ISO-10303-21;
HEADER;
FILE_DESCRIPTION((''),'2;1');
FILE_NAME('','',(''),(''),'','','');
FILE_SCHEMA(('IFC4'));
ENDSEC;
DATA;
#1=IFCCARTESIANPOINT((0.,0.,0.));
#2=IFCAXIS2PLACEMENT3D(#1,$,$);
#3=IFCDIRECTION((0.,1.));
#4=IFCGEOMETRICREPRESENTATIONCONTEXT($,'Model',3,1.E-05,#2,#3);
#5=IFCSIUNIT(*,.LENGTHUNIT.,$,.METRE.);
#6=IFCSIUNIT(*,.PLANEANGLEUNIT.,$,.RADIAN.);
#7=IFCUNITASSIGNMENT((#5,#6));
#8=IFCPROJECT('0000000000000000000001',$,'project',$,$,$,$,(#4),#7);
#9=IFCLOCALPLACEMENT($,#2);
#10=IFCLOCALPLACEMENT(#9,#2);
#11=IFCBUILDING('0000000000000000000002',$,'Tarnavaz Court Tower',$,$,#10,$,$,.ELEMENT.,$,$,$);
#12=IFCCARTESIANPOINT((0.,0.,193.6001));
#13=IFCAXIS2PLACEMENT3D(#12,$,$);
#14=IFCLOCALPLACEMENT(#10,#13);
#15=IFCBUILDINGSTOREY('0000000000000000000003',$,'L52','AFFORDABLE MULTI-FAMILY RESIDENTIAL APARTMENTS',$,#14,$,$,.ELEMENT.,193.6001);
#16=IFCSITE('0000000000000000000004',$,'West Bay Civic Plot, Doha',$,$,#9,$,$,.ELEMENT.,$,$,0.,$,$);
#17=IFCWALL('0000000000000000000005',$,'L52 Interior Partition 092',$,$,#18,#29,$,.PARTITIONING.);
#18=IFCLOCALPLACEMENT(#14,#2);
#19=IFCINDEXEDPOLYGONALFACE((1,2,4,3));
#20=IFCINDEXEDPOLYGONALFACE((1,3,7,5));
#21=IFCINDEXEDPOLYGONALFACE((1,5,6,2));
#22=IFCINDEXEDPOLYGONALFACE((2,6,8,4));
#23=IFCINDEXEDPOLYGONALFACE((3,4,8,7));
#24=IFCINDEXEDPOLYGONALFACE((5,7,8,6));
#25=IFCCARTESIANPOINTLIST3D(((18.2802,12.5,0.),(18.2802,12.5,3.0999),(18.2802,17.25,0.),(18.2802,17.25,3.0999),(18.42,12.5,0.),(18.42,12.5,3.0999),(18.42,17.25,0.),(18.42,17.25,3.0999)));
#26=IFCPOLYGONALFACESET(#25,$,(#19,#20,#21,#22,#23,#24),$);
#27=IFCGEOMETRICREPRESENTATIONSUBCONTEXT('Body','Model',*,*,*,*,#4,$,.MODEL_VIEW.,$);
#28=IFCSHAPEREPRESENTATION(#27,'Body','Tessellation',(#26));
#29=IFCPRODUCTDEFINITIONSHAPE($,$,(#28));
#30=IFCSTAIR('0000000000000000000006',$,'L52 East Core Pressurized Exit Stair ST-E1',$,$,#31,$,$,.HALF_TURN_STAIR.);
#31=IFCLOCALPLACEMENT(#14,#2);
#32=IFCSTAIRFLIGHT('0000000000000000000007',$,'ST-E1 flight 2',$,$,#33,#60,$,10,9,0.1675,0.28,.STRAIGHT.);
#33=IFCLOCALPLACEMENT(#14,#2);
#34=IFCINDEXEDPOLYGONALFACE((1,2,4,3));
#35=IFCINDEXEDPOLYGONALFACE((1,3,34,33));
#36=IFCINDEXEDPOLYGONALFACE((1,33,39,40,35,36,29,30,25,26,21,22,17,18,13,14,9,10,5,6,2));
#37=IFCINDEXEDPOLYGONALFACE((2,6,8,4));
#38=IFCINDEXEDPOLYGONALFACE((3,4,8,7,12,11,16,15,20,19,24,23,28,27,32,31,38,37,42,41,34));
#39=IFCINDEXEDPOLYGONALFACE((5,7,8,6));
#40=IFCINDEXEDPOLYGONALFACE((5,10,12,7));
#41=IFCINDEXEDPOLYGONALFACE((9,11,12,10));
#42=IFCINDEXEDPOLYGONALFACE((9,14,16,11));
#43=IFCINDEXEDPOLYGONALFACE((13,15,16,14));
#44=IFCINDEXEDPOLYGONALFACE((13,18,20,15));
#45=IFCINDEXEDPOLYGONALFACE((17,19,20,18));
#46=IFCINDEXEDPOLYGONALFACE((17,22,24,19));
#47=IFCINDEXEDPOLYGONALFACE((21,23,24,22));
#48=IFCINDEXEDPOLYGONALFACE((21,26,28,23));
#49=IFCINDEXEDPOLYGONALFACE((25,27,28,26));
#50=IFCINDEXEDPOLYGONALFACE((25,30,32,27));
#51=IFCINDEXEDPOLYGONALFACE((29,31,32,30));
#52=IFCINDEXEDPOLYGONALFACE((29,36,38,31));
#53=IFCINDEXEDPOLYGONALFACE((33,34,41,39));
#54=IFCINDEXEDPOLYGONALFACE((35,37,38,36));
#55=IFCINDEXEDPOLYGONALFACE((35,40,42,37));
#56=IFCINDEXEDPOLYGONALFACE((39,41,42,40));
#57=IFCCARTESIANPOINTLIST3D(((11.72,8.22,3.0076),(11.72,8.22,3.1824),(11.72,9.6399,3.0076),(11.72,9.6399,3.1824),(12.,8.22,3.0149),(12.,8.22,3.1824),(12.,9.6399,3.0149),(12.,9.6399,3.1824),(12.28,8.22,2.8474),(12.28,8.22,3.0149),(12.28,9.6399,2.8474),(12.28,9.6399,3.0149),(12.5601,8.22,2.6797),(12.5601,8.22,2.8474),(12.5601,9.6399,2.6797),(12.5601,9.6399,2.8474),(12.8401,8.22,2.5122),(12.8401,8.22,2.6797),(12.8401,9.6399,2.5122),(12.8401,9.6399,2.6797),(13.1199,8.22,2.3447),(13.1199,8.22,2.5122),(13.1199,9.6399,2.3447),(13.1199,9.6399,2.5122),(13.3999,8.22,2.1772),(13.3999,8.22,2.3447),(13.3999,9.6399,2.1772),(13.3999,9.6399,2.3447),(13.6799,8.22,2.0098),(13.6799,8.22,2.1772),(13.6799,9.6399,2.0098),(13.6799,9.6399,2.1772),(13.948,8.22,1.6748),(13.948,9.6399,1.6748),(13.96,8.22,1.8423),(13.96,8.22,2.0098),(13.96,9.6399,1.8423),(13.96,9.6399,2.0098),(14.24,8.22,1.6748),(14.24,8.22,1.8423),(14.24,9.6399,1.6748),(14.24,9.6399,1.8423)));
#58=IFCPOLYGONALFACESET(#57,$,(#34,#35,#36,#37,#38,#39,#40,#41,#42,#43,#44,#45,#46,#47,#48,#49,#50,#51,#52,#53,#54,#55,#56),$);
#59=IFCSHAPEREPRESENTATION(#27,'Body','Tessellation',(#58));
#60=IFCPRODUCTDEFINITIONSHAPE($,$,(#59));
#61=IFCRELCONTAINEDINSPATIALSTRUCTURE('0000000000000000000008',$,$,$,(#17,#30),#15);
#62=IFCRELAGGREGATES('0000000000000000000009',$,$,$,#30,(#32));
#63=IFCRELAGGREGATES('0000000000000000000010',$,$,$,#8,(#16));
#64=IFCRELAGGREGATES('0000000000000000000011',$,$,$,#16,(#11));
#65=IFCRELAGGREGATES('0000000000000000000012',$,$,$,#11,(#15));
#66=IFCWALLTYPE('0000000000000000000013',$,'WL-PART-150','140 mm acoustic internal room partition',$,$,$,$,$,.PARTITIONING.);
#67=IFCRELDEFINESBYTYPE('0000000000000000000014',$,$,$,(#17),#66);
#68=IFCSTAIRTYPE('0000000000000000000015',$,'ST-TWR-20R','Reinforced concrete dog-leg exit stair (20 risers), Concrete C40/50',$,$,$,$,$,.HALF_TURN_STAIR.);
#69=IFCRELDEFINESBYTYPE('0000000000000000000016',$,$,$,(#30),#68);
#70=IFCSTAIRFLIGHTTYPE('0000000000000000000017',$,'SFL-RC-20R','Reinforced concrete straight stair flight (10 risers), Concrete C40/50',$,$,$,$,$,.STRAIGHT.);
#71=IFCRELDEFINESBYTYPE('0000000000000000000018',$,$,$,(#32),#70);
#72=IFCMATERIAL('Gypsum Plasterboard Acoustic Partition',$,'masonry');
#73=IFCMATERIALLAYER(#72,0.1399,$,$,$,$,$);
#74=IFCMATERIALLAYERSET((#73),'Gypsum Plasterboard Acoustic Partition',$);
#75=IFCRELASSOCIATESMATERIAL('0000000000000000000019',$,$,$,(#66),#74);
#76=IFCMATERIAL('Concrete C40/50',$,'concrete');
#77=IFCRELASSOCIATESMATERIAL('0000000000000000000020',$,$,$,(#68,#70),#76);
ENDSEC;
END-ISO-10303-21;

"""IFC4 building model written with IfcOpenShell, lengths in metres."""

from ifc_helpers import new_model, si_unit, direction, frame, frame_2d, origin, place, context, subcontext, project, spatial, polyline, rectangle, outline, extrude, material, layer, layer_set, type_object, element, aggregate, save


model = new_model("IFC4")

# Units and contexts
model_context = context("Model", 3, precision=1e-05, world=origin(), true_north=direction((0.0, 1.0)))
body_context = subcontext(model_context, "Body", "Model", "MODEL_VIEW")
ifc_project = project(units=[si_unit("LENGTHUNIT", "METRE"), si_unit("PLANEANGLEUNIT", "RADIAN")], contexts=[model_context])

# Site, building, storey
site_placement = place(None, origin())
site = spatial("IfcSite", under=ifc_project, at=site_placement, Name="West Bay Civic Plot, Doha", CompositionType="ELEMENT", RefElevation=0.0)
building_placement = place(site_placement, origin())
building = spatial("IfcBuilding", under=site, at=building_placement, Name="Tarnavaz Court Tower", CompositionType="ELEMENT")
storey_placement = place(building_placement, frame((0.0, 0.0, 193.6001)))
storey = spatial("IfcBuildingStorey", under=building, at=storey_placement, Name="L52", Description="AFFORDABLE MULTI-FAMILY RESIDENTIAL APARTMENTS", CompositionType="ELEMENT", Elevation=193.6001)

# Wall
ifc_material_1 = material(Name="Gypsum Plasterboard Acoustic Partition", Category="masonry")
ifc_layer_1 = layer(ifc_material_1, 0.1399)
ifc_layer_set_1 = layer_set([ifc_layer_1], Name="Gypsum Plasterboard Acoustic Partition")
wall_type_1 = type_object("IfcWallType", Name="WL-PART-150", Description="140 mm acoustic internal room partition", PredefinedType="PARTITIONING", material=ifc_layer_set_1)
wall_1_placement = place(storey_placement, frame((18.3501, 12.5, 0.0), z_axis=(0.0, 0.0, 1.0), x_axis=(0.0, 1.0, 0.0)))
element("IfcWall", 1, at=wall_1_placement, inside=storey, type_object=wall_type_1, Name="L52 Interior Partition 092", PredefinedType="PARTITIONING", context=body_context, shape_type="SweptSolid", body=[
    extrude(rectangle(XDim=4.75, YDim=0.1399, at=frame_2d((2.375, 0.0))), origin(), (0.0, 0.0, 1.0), 3.0999),
])

# Stair, stair flight
ifc_material_2 = material(Name="Concrete C40/50", Category="concrete")
stair_type = type_object("IfcStairType", Name="ST-TWR-20R", Description="Reinforced concrete dog-leg exit stair (20 risers), Concrete C40/50", PredefinedType="HALF_TURN_STAIR", material=ifc_material_2)
stair_placement = place(storey_placement, origin())
stair = element("IfcStair", 2, at=stair_placement, inside=storey, type_object=stair_type, Name="L52 East Core Pressurized Exit Stair ST-E1", PredefinedType="HALF_TURN_STAIR")
stair_flight_type = type_object("IfcStairFlightType", Name="SFL-RC-20R", Description="Reinforced concrete straight stair flight (10 risers), Concrete C40/50", PredefinedType="STRAIGHT", material=ifc_material_2)
stair_flight_placement = place(storey_placement, frame((14.24, 8.9299, 1.6748), z_axis=(0.0, 0.0, 1.0), x_axis=(-1.0, 0.0, 0.0)))
stair_flight = element("IfcStairFlight", 3, at=stair_flight_placement, type_object=stair_flight_type, Name="ST-E1 flight 2", NumberOfRisers=10, NumberOfTreads=9, PredefinedType="STRAIGHT", RiserHeight=0.1675, TreadLength=0.28, context=body_context, shape_type="SweptSolid", body=[
    extrude(outline(polyline([(0.0, 0.0), (0.0, 0.1675), (0.28, 0.1675), (0.28, 0.335), (0.5601, 0.335), (0.5601, 0.5024), (0.8401, 0.5024), (0.8401, 0.6699), (1.1201, 0.6699), (1.1201, 0.8374), (1.3999, 0.8374), (1.3999, 1.0049), (1.6799, 1.0049), (1.6799, 1.1726), (1.96, 1.1726), (1.96, 1.3401), (2.24, 1.3401), (2.24, 1.5076), (2.52, 1.5076), (2.52, 1.675), (2.52, 1.3328), (0.292, 0.0), (0.0, 0.0)])), frame((0.0, 0.71, 0.0), z_axis=(0.0, -1.0, 0.0), x_axis=(1.0, 0.0, 0.0)), (0.0, 0.0, 1.0), 1.4199),
])
aggregate(stair, [stair_flight])

save(model, "model.ifc")
